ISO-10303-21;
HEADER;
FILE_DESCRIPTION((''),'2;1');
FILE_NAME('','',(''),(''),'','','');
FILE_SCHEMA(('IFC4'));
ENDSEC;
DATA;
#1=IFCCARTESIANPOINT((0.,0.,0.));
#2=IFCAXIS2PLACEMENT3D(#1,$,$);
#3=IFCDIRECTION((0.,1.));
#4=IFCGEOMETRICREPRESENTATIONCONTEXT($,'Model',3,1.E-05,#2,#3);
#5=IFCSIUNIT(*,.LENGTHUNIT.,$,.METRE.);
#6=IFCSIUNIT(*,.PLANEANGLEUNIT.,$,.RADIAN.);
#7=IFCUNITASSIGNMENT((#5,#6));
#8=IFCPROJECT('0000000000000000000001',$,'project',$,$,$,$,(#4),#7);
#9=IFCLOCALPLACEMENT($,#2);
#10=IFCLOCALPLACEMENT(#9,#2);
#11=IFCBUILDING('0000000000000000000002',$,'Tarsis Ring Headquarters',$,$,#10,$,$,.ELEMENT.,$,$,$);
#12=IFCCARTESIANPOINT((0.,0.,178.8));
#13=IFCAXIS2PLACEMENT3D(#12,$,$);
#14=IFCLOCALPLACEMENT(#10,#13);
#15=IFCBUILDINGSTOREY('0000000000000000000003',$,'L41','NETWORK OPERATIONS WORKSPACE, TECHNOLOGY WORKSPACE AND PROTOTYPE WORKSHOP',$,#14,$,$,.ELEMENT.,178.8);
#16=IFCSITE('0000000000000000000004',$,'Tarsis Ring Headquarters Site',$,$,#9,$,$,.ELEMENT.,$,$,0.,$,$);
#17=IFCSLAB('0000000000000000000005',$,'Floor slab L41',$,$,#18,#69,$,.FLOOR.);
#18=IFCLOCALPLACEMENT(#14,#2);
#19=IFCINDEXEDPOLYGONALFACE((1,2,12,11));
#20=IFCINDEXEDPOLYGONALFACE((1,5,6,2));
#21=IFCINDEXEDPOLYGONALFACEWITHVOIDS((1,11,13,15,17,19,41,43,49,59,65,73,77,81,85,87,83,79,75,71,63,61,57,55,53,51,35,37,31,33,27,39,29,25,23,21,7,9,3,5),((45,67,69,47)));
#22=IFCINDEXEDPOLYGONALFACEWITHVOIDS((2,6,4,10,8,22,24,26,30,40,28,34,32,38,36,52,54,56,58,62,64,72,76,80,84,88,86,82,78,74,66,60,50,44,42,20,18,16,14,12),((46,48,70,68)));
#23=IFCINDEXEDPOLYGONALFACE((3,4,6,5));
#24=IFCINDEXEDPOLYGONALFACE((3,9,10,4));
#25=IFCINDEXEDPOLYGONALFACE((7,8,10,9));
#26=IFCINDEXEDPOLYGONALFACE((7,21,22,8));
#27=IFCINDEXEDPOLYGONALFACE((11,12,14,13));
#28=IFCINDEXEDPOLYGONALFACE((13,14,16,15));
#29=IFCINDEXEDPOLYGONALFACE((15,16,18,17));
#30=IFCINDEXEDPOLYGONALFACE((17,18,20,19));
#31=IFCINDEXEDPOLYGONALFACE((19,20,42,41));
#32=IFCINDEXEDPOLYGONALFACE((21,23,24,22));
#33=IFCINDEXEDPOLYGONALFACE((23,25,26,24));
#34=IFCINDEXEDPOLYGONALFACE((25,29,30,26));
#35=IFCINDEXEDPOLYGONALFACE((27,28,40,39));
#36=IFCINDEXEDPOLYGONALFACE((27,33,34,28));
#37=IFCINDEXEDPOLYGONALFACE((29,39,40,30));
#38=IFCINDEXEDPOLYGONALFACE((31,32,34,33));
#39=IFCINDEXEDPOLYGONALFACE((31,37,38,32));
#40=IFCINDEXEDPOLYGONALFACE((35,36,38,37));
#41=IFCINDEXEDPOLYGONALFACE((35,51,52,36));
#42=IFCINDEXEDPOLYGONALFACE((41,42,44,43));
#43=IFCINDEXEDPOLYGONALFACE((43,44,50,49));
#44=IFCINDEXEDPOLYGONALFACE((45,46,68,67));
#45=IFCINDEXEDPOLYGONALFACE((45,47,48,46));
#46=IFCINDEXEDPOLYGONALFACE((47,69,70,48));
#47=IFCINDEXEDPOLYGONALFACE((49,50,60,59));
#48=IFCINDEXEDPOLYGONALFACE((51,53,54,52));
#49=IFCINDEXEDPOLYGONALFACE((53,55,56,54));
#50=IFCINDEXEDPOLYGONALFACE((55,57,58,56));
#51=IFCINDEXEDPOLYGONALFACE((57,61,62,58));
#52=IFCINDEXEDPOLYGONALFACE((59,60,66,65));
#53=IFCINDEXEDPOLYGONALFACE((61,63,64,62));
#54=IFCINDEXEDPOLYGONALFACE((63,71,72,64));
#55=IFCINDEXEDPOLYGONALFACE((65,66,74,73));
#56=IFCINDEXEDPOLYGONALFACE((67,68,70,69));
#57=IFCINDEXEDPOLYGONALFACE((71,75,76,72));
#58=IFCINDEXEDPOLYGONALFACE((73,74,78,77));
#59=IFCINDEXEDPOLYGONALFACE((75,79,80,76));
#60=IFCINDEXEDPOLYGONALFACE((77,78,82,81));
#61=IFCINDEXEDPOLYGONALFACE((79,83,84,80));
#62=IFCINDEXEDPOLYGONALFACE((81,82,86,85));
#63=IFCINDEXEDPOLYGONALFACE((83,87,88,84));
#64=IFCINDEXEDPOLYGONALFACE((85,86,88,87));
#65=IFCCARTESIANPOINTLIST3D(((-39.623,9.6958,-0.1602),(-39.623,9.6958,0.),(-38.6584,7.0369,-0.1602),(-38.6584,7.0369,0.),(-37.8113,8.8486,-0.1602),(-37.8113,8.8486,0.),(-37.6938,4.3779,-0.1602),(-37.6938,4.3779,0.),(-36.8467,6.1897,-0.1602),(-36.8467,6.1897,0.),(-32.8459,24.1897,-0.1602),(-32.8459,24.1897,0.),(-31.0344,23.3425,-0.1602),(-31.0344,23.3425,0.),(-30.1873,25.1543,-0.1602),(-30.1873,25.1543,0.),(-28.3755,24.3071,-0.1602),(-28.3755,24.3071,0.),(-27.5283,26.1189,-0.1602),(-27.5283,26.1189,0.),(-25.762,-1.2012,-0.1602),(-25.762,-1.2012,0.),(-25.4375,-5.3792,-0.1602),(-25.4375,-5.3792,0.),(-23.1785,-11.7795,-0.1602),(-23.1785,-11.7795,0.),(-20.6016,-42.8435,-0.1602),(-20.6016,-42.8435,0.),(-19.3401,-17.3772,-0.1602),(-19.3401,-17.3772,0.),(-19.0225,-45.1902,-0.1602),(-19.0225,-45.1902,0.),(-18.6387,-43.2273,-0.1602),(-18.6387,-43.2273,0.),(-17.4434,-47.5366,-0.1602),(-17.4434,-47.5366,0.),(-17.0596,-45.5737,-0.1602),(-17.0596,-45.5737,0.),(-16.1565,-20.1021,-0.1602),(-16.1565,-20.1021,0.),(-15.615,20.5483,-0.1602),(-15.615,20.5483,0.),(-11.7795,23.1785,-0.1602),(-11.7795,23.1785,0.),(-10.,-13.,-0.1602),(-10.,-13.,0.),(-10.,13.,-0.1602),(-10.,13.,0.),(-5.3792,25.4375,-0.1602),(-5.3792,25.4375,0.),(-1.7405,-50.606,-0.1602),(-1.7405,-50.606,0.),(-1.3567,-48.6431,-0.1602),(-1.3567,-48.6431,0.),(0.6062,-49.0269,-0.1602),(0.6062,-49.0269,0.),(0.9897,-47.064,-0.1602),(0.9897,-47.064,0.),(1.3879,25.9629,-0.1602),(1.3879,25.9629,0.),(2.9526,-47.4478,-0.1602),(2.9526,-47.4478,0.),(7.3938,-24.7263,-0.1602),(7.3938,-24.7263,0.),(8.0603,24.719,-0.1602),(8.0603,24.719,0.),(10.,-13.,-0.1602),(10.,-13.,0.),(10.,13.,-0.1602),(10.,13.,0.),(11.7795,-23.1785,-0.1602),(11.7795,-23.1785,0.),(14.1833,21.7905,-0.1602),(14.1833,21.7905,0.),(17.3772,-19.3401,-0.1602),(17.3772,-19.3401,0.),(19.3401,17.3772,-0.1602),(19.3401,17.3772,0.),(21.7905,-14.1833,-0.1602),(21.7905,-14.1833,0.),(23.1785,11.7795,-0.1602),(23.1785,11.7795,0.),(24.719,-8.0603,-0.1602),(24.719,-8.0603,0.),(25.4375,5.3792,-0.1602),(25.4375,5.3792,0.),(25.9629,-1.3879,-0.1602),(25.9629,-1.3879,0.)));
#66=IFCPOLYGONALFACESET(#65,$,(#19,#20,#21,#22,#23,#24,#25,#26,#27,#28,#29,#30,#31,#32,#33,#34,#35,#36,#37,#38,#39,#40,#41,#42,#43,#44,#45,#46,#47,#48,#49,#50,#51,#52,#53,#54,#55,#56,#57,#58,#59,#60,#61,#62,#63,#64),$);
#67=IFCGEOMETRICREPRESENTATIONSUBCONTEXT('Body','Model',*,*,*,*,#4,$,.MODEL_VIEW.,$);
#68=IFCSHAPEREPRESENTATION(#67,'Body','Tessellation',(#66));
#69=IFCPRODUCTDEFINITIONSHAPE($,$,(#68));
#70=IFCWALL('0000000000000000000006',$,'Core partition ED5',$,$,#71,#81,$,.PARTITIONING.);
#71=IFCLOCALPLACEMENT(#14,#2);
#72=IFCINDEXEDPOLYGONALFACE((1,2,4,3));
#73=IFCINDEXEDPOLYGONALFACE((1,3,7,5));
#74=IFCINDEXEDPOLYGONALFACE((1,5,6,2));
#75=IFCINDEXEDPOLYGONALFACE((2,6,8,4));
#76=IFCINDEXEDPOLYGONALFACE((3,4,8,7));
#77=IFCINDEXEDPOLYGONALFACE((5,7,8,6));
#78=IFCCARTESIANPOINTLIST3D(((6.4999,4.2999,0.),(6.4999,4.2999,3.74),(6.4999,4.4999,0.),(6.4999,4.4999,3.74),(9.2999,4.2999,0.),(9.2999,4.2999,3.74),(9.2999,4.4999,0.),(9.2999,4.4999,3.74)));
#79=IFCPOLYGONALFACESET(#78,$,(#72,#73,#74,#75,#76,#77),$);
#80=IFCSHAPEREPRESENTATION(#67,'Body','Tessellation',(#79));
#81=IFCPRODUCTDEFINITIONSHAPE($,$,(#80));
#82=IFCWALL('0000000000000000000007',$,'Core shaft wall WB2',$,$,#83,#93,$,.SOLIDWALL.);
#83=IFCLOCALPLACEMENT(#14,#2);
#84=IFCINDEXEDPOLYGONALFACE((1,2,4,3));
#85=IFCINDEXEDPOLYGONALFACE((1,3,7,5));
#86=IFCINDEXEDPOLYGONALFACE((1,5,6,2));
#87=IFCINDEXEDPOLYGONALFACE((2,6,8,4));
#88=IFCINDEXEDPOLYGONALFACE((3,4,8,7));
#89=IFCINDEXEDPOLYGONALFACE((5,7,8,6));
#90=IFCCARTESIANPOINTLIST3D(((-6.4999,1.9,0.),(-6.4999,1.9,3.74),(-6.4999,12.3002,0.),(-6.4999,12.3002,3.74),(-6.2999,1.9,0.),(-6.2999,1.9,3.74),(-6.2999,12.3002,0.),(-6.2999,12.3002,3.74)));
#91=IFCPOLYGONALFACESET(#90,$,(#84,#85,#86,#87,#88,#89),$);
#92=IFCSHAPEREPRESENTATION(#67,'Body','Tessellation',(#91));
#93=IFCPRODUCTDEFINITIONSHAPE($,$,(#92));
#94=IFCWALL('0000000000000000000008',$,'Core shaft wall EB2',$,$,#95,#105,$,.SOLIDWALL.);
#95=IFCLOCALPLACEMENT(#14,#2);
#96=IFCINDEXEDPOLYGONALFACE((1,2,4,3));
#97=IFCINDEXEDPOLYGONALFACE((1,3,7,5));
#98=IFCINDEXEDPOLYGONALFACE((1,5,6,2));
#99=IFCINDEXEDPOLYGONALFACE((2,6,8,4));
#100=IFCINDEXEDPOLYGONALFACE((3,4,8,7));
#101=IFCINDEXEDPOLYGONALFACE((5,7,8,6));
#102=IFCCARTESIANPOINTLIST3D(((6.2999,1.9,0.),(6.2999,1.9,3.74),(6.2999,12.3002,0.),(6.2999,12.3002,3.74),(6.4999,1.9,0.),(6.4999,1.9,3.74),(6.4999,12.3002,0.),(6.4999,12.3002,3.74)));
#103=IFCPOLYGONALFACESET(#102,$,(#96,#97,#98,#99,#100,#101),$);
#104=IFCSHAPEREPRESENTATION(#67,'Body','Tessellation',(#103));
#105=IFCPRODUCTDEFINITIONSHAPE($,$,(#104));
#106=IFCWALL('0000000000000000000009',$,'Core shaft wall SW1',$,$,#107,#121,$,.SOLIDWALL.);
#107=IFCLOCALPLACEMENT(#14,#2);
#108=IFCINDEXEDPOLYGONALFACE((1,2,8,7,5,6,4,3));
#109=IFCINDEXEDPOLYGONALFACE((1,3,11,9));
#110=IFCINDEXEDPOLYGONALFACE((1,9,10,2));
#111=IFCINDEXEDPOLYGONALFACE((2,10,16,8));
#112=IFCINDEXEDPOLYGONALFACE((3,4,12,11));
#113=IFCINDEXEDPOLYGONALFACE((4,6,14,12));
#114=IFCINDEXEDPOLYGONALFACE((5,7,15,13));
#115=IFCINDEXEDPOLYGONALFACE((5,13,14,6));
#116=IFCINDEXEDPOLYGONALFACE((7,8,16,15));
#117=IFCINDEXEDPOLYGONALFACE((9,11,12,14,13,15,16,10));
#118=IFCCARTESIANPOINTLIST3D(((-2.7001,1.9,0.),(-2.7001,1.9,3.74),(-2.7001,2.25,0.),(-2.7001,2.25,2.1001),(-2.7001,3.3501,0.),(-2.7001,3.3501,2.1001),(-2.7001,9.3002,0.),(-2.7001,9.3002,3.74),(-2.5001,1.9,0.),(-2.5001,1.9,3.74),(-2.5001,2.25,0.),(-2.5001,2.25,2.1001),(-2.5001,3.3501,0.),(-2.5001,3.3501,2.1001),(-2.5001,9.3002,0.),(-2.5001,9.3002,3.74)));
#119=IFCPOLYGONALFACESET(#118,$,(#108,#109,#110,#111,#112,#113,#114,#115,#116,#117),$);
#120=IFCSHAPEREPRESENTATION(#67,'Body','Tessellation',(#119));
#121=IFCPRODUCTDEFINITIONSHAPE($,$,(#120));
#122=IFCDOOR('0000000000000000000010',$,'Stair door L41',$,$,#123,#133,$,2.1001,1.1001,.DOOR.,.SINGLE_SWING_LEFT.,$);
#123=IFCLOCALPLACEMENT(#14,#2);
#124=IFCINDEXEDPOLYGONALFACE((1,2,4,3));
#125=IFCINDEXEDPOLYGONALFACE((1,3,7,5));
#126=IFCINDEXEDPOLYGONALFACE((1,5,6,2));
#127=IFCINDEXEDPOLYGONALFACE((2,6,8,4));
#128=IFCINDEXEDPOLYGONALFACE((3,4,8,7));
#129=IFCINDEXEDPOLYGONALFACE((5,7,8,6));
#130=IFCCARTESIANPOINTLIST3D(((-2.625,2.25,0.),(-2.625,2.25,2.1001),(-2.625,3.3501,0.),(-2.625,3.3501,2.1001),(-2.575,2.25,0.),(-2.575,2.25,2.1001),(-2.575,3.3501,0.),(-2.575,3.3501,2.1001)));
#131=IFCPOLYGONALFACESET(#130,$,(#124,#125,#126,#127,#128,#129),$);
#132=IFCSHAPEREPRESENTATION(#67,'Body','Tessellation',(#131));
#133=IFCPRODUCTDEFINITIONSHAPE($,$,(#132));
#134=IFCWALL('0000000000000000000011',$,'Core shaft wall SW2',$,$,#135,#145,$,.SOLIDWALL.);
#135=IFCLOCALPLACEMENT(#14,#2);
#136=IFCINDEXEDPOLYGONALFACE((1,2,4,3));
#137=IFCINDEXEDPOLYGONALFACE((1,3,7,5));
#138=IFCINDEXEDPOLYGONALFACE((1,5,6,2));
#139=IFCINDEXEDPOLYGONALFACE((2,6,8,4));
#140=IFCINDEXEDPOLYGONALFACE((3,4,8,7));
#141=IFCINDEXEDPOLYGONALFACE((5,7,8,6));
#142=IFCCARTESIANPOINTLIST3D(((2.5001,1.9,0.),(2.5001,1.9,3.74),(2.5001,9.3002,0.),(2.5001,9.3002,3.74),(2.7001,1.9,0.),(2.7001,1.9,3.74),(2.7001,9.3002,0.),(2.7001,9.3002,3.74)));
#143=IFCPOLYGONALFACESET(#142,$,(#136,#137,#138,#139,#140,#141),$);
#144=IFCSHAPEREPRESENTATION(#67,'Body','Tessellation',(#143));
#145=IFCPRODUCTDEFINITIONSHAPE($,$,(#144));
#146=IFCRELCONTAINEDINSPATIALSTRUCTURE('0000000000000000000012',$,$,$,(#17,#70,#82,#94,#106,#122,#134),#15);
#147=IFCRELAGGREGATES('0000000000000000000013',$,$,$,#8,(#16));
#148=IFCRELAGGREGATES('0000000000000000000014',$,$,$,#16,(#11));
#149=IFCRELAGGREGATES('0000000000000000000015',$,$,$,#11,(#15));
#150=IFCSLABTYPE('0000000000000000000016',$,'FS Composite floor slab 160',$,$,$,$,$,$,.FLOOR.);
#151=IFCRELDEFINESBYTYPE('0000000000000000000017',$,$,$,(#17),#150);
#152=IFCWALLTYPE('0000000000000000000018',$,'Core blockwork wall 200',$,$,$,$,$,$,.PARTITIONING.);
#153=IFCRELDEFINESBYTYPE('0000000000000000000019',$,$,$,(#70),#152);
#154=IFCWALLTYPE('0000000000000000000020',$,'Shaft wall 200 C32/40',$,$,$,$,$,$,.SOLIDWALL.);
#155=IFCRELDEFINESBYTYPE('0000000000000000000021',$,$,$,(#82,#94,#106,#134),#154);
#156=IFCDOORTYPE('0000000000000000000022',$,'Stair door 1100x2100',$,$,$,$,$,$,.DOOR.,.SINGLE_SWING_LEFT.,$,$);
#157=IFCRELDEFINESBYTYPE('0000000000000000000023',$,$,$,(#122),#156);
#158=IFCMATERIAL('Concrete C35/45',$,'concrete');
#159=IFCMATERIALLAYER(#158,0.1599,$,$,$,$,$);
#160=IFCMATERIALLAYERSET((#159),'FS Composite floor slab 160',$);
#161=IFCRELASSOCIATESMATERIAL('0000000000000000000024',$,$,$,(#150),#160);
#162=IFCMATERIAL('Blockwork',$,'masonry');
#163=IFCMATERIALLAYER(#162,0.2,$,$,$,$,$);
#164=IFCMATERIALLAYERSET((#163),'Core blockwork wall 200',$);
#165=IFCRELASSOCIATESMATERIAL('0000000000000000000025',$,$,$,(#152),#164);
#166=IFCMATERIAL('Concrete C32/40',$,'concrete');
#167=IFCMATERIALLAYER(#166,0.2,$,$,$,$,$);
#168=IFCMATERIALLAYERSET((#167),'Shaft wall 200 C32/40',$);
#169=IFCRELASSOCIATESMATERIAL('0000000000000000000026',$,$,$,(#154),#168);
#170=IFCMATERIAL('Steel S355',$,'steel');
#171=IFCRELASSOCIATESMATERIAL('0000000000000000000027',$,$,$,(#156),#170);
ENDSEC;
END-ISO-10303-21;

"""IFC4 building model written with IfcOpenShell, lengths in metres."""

from ifc_helpers import new_model, si_unit, direction, frame, frame_2d, origin, place, context, subcontext, project, spatial, polyline, rectangle, outline, extrude, material, layer, layer_set, type_object, element, fill, save


model = new_model("IFC4")

# Units and contexts
model_context = context("Model", 3, precision=1e-05, world=origin(), true_north=direction((0.0, 1.0)))
body_context = subcontext(model_context, "Body", "Model", "MODEL_VIEW")
ifc_project = project(units=[si_unit("LENGTHUNIT", "METRE"), si_unit("PLANEANGLEUNIT", "RADIAN")], contexts=[model_context])

# Site, building, storey
site_placement = place(None, origin())
site = spatial("IfcSite", under=ifc_project, at=site_placement, Name="Tarsis Ring Headquarters Site", CompositionType="ELEMENT", RefElevation=0.0)
building_placement = place(site_placement, origin())
building = spatial("IfcBuilding", under=site, at=building_placement, Name="Tarsis Ring Headquarters", CompositionType="ELEMENT")
storey_placement = place(building_placement, frame((0.0, 0.0, 178.8)))
storey = spatial("IfcBuildingStorey", under=building, at=storey_placement, Name="L41", Description="NETWORK OPERATIONS WORKSPACE, TECHNOLOGY WORKSPACE AND PROTOTYPE WORKSHOP", CompositionType="ELEMENT", Elevation=178.8)

# Slab
ifc_material_1 = material(Name="Concrete C35/45", Category="concrete")
ifc_layer_1 = layer(ifc_material_1, 0.1599)
ifc_layer_set_1 = layer_set([ifc_layer_1], Name="FS Composite floor slab 160")
slab_type_1 = type_object("IfcSlabType", Name="FS Composite floor slab 160", PredefinedType="FLOOR", material=ifc_layer_set_1)
slab_1_placement = place(storey_placement, frame((0.0, 0.0, -0.1602)))
element("IfcSlab", 1, at=slab_1_placement, inside=storey, type_object=slab_type_1, Name="Floor slab L41", PredefinedType="FLOOR", context=body_context, shape_type="SweptSolid", body=[
    extrude(outline(polyline([(-25.762, -1.2012), (-25.4375, -5.3792), (-23.1785, -11.7795), (-19.3401, -17.3772), (-16.1565, -20.1021), (-20.6016, -42.8435), (-18.6387, -43.2273), (-19.0225, -45.1902), (-17.0596, -45.5737), (-17.4434, -47.5366), (-1.7405, -50.606), (-1.3567, -48.6431), (0.6062, -49.0269), (0.9897, -47.064), (2.9526, -47.4478), (7.3938, -24.7263), (11.7795, -23.1785), (17.3772, -19.3401), (21.7905, -14.1833), (24.719, -8.0603), (25.9629, -1.3879), (25.4375, 5.3792), (23.1785, 11.7795), (19.3401, 17.3772), (14.1833, 21.7905), (8.0603, 24.719), (1.3879, 25.9629), (-5.3792, 25.4375), (-11.7795, 23.1785), (-15.615, 20.5483), (-27.5283, 26.1189), (-28.3755, 24.3071), (-30.1873, 25.1543), (-31.0344, 23.3425), (-32.8459, 24.1897), (-39.623, 9.6958), (-37.8113, 8.8486), (-38.6584, 7.0369), (-36.8467, 6.1897), (-37.6938, 4.3779), (-25.762, -1.2012)]), holes=[polyline([(-10.0, -13.0), (-10.0, 13.0), (10.0, 13.0), (10.0, -13.0), (-10.0, -13.0)])]), origin(), (0.0, 0.0, 1.0), 0.1602),
])

# Walls
ifc_material_2 = material(Name="Blockwork", Category="masonry")
ifc_layer_2 = layer(ifc_material_2, 0.2)
ifc_layer_set_2 = layer_set([ifc_layer_2], Name="Core blockwork wall 200")
wall_type_1 = type_object("IfcWallType", Name="Core blockwork wall 200", PredefinedType="PARTITIONING", material=ifc_layer_set_2)
wall_1_placement = place(storey_placement, frame((6.5, 4.3999, 0.0), z_axis=(0.0, 0.0, 1.0), x_axis=(1.0, 0.0, 0.0)))
element("IfcWall", 2, at=wall_1_placement, inside=storey, type_object=wall_type_1, Name="Core partition ED5", PredefinedType="PARTITIONING", context=body_context, shape_type="SweptSolid", body=[
    extrude(rectangle(XDim=2.8, YDim=0.2, at=frame_2d((1.3999, 0.0))), origin(), (0.0, 0.0, 1.0), 3.74),
])
ifc_material_3 = material(Name="Concrete C32/40", Category="concrete")
ifc_layer_3 = layer(ifc_material_3, 0.2)
ifc_layer_set_3 = layer_set([ifc_layer_3], Name="Shaft wall 200 C32/40")
wall_type_2 = type_object("IfcWallType", Name="Shaft wall 200 C32/40", PredefinedType="SOLIDWALL", material=ifc_layer_set_3)
for number, where, z_axis, x_axis, name in (
    (3, (-6.3999, 1.8999, 0.0), (0.0, 0.0, 1.0), (0.0, 1.0, 0.0), "Core shaft wall WB2"),
    (4, (6.3999, 1.8999, 0.0), (0.0, 0.0, 1.0), (0.0, 1.0, 0.0), "Core shaft wall EB2"),
):
    element("IfcWall", number, at=place(storey_placement, frame(where, z_axis=z_axis, x_axis=x_axis)), inside=storey, type_object=wall_type_2, Name=name, PredefinedType="SOLIDWALL", context=body_context, shape_type="SweptSolid", body=[
        extrude(rectangle(XDim=10.4001, YDim=0.2, at=frame_2d((5.2002, 0.0))), origin(), (0.0, 0.0, 1.0), 3.74),
    ])

# Wall, opening, door
wall_2_placement = place(storey_placement, frame((-2.6001, 1.8999, 0.0), z_axis=(0.0, 0.0, 1.0), x_axis=(0.0, 1.0, 0.0)))
wall_2 = element("IfcWall", 5, at=wall_2_placement, inside=storey, type_object=wall_type_2, Name="Core shaft wall SW1", PredefinedType="SOLIDWALL", context=body_context, shape_type="SweptSolid", body=[
    extrude(rectangle(XDim=7.4001, YDim=0.2, at=frame_2d((3.7002, 0.0))), origin(), (0.0, 0.0, 1.0), 3.74),
])
opening_1_placement = place(wall_2_placement, frame((0.3501, 0.0, 0.0)))
opening_1 = element("IfcOpeningElement", 6, at=opening_1_placement, cuts=wall_2, PredefinedType="OPENING", context=body_context, shape_type="SweptSolid", body=[
    extrude(rectangle(XDim=1.1001, YDim=2.1001, at=frame_2d((0.55, 1.05))), frame((0.0, 0.1099, 0.0), z_axis=(0.0, -1.0, 0.0), x_axis=(1.0, 0.0, 0.0)), (0.0, 0.0, 1.0), 0.22),
])
ifc_material_4 = material(Name="Steel S355", Category="steel")
door_type_1 = type_object("IfcDoorType", Name="Stair door 1100x2100", OperationType="SINGLE_SWING_LEFT", PredefinedType="DOOR", material=ifc_material_4)
door_1_placement = place(opening_1_placement, origin())
door_1 = element("IfcDoor", 7, at=door_1_placement, inside=storey, type_object=door_type_1, Name="Stair door L41", OperationType="SINGLE_SWING_LEFT", OverallHeight=2.1001, OverallWidth=1.1001, PredefinedType="DOOR", context=body_context, shape_type="SweptSolid", body=[
    extrude(rectangle(XDim=1.1001, YDim=2.1001, at=frame_2d((0.55, 1.05))), frame((0.0, 0.0249, 0.0), z_axis=(0.0, -1.0, 0.0), x_axis=(1.0, 0.0, 0.0)), (0.0, 0.0, 1.0), 0.05),
])
fill(opening_1, door_1)

# Wall
wall_3_placement = place(storey_placement, frame((2.6001, 1.8999, 0.0), z_axis=(0.0, 0.0, 1.0), x_axis=(0.0, 1.0, 0.0)))
element("IfcWall", 8, at=wall_3_placement, inside=storey, type_object=wall_type_2, Name="Core shaft wall SW2", PredefinedType="SOLIDWALL", context=body_context, shape_type="SweptSolid", body=[
    extrude(rectangle(XDim=7.4001, YDim=0.2, at=frame_2d((3.7002, 0.0))), origin(), (0.0, 0.0, 1.0), 3.74),
])

save(model, "model.ifc")
